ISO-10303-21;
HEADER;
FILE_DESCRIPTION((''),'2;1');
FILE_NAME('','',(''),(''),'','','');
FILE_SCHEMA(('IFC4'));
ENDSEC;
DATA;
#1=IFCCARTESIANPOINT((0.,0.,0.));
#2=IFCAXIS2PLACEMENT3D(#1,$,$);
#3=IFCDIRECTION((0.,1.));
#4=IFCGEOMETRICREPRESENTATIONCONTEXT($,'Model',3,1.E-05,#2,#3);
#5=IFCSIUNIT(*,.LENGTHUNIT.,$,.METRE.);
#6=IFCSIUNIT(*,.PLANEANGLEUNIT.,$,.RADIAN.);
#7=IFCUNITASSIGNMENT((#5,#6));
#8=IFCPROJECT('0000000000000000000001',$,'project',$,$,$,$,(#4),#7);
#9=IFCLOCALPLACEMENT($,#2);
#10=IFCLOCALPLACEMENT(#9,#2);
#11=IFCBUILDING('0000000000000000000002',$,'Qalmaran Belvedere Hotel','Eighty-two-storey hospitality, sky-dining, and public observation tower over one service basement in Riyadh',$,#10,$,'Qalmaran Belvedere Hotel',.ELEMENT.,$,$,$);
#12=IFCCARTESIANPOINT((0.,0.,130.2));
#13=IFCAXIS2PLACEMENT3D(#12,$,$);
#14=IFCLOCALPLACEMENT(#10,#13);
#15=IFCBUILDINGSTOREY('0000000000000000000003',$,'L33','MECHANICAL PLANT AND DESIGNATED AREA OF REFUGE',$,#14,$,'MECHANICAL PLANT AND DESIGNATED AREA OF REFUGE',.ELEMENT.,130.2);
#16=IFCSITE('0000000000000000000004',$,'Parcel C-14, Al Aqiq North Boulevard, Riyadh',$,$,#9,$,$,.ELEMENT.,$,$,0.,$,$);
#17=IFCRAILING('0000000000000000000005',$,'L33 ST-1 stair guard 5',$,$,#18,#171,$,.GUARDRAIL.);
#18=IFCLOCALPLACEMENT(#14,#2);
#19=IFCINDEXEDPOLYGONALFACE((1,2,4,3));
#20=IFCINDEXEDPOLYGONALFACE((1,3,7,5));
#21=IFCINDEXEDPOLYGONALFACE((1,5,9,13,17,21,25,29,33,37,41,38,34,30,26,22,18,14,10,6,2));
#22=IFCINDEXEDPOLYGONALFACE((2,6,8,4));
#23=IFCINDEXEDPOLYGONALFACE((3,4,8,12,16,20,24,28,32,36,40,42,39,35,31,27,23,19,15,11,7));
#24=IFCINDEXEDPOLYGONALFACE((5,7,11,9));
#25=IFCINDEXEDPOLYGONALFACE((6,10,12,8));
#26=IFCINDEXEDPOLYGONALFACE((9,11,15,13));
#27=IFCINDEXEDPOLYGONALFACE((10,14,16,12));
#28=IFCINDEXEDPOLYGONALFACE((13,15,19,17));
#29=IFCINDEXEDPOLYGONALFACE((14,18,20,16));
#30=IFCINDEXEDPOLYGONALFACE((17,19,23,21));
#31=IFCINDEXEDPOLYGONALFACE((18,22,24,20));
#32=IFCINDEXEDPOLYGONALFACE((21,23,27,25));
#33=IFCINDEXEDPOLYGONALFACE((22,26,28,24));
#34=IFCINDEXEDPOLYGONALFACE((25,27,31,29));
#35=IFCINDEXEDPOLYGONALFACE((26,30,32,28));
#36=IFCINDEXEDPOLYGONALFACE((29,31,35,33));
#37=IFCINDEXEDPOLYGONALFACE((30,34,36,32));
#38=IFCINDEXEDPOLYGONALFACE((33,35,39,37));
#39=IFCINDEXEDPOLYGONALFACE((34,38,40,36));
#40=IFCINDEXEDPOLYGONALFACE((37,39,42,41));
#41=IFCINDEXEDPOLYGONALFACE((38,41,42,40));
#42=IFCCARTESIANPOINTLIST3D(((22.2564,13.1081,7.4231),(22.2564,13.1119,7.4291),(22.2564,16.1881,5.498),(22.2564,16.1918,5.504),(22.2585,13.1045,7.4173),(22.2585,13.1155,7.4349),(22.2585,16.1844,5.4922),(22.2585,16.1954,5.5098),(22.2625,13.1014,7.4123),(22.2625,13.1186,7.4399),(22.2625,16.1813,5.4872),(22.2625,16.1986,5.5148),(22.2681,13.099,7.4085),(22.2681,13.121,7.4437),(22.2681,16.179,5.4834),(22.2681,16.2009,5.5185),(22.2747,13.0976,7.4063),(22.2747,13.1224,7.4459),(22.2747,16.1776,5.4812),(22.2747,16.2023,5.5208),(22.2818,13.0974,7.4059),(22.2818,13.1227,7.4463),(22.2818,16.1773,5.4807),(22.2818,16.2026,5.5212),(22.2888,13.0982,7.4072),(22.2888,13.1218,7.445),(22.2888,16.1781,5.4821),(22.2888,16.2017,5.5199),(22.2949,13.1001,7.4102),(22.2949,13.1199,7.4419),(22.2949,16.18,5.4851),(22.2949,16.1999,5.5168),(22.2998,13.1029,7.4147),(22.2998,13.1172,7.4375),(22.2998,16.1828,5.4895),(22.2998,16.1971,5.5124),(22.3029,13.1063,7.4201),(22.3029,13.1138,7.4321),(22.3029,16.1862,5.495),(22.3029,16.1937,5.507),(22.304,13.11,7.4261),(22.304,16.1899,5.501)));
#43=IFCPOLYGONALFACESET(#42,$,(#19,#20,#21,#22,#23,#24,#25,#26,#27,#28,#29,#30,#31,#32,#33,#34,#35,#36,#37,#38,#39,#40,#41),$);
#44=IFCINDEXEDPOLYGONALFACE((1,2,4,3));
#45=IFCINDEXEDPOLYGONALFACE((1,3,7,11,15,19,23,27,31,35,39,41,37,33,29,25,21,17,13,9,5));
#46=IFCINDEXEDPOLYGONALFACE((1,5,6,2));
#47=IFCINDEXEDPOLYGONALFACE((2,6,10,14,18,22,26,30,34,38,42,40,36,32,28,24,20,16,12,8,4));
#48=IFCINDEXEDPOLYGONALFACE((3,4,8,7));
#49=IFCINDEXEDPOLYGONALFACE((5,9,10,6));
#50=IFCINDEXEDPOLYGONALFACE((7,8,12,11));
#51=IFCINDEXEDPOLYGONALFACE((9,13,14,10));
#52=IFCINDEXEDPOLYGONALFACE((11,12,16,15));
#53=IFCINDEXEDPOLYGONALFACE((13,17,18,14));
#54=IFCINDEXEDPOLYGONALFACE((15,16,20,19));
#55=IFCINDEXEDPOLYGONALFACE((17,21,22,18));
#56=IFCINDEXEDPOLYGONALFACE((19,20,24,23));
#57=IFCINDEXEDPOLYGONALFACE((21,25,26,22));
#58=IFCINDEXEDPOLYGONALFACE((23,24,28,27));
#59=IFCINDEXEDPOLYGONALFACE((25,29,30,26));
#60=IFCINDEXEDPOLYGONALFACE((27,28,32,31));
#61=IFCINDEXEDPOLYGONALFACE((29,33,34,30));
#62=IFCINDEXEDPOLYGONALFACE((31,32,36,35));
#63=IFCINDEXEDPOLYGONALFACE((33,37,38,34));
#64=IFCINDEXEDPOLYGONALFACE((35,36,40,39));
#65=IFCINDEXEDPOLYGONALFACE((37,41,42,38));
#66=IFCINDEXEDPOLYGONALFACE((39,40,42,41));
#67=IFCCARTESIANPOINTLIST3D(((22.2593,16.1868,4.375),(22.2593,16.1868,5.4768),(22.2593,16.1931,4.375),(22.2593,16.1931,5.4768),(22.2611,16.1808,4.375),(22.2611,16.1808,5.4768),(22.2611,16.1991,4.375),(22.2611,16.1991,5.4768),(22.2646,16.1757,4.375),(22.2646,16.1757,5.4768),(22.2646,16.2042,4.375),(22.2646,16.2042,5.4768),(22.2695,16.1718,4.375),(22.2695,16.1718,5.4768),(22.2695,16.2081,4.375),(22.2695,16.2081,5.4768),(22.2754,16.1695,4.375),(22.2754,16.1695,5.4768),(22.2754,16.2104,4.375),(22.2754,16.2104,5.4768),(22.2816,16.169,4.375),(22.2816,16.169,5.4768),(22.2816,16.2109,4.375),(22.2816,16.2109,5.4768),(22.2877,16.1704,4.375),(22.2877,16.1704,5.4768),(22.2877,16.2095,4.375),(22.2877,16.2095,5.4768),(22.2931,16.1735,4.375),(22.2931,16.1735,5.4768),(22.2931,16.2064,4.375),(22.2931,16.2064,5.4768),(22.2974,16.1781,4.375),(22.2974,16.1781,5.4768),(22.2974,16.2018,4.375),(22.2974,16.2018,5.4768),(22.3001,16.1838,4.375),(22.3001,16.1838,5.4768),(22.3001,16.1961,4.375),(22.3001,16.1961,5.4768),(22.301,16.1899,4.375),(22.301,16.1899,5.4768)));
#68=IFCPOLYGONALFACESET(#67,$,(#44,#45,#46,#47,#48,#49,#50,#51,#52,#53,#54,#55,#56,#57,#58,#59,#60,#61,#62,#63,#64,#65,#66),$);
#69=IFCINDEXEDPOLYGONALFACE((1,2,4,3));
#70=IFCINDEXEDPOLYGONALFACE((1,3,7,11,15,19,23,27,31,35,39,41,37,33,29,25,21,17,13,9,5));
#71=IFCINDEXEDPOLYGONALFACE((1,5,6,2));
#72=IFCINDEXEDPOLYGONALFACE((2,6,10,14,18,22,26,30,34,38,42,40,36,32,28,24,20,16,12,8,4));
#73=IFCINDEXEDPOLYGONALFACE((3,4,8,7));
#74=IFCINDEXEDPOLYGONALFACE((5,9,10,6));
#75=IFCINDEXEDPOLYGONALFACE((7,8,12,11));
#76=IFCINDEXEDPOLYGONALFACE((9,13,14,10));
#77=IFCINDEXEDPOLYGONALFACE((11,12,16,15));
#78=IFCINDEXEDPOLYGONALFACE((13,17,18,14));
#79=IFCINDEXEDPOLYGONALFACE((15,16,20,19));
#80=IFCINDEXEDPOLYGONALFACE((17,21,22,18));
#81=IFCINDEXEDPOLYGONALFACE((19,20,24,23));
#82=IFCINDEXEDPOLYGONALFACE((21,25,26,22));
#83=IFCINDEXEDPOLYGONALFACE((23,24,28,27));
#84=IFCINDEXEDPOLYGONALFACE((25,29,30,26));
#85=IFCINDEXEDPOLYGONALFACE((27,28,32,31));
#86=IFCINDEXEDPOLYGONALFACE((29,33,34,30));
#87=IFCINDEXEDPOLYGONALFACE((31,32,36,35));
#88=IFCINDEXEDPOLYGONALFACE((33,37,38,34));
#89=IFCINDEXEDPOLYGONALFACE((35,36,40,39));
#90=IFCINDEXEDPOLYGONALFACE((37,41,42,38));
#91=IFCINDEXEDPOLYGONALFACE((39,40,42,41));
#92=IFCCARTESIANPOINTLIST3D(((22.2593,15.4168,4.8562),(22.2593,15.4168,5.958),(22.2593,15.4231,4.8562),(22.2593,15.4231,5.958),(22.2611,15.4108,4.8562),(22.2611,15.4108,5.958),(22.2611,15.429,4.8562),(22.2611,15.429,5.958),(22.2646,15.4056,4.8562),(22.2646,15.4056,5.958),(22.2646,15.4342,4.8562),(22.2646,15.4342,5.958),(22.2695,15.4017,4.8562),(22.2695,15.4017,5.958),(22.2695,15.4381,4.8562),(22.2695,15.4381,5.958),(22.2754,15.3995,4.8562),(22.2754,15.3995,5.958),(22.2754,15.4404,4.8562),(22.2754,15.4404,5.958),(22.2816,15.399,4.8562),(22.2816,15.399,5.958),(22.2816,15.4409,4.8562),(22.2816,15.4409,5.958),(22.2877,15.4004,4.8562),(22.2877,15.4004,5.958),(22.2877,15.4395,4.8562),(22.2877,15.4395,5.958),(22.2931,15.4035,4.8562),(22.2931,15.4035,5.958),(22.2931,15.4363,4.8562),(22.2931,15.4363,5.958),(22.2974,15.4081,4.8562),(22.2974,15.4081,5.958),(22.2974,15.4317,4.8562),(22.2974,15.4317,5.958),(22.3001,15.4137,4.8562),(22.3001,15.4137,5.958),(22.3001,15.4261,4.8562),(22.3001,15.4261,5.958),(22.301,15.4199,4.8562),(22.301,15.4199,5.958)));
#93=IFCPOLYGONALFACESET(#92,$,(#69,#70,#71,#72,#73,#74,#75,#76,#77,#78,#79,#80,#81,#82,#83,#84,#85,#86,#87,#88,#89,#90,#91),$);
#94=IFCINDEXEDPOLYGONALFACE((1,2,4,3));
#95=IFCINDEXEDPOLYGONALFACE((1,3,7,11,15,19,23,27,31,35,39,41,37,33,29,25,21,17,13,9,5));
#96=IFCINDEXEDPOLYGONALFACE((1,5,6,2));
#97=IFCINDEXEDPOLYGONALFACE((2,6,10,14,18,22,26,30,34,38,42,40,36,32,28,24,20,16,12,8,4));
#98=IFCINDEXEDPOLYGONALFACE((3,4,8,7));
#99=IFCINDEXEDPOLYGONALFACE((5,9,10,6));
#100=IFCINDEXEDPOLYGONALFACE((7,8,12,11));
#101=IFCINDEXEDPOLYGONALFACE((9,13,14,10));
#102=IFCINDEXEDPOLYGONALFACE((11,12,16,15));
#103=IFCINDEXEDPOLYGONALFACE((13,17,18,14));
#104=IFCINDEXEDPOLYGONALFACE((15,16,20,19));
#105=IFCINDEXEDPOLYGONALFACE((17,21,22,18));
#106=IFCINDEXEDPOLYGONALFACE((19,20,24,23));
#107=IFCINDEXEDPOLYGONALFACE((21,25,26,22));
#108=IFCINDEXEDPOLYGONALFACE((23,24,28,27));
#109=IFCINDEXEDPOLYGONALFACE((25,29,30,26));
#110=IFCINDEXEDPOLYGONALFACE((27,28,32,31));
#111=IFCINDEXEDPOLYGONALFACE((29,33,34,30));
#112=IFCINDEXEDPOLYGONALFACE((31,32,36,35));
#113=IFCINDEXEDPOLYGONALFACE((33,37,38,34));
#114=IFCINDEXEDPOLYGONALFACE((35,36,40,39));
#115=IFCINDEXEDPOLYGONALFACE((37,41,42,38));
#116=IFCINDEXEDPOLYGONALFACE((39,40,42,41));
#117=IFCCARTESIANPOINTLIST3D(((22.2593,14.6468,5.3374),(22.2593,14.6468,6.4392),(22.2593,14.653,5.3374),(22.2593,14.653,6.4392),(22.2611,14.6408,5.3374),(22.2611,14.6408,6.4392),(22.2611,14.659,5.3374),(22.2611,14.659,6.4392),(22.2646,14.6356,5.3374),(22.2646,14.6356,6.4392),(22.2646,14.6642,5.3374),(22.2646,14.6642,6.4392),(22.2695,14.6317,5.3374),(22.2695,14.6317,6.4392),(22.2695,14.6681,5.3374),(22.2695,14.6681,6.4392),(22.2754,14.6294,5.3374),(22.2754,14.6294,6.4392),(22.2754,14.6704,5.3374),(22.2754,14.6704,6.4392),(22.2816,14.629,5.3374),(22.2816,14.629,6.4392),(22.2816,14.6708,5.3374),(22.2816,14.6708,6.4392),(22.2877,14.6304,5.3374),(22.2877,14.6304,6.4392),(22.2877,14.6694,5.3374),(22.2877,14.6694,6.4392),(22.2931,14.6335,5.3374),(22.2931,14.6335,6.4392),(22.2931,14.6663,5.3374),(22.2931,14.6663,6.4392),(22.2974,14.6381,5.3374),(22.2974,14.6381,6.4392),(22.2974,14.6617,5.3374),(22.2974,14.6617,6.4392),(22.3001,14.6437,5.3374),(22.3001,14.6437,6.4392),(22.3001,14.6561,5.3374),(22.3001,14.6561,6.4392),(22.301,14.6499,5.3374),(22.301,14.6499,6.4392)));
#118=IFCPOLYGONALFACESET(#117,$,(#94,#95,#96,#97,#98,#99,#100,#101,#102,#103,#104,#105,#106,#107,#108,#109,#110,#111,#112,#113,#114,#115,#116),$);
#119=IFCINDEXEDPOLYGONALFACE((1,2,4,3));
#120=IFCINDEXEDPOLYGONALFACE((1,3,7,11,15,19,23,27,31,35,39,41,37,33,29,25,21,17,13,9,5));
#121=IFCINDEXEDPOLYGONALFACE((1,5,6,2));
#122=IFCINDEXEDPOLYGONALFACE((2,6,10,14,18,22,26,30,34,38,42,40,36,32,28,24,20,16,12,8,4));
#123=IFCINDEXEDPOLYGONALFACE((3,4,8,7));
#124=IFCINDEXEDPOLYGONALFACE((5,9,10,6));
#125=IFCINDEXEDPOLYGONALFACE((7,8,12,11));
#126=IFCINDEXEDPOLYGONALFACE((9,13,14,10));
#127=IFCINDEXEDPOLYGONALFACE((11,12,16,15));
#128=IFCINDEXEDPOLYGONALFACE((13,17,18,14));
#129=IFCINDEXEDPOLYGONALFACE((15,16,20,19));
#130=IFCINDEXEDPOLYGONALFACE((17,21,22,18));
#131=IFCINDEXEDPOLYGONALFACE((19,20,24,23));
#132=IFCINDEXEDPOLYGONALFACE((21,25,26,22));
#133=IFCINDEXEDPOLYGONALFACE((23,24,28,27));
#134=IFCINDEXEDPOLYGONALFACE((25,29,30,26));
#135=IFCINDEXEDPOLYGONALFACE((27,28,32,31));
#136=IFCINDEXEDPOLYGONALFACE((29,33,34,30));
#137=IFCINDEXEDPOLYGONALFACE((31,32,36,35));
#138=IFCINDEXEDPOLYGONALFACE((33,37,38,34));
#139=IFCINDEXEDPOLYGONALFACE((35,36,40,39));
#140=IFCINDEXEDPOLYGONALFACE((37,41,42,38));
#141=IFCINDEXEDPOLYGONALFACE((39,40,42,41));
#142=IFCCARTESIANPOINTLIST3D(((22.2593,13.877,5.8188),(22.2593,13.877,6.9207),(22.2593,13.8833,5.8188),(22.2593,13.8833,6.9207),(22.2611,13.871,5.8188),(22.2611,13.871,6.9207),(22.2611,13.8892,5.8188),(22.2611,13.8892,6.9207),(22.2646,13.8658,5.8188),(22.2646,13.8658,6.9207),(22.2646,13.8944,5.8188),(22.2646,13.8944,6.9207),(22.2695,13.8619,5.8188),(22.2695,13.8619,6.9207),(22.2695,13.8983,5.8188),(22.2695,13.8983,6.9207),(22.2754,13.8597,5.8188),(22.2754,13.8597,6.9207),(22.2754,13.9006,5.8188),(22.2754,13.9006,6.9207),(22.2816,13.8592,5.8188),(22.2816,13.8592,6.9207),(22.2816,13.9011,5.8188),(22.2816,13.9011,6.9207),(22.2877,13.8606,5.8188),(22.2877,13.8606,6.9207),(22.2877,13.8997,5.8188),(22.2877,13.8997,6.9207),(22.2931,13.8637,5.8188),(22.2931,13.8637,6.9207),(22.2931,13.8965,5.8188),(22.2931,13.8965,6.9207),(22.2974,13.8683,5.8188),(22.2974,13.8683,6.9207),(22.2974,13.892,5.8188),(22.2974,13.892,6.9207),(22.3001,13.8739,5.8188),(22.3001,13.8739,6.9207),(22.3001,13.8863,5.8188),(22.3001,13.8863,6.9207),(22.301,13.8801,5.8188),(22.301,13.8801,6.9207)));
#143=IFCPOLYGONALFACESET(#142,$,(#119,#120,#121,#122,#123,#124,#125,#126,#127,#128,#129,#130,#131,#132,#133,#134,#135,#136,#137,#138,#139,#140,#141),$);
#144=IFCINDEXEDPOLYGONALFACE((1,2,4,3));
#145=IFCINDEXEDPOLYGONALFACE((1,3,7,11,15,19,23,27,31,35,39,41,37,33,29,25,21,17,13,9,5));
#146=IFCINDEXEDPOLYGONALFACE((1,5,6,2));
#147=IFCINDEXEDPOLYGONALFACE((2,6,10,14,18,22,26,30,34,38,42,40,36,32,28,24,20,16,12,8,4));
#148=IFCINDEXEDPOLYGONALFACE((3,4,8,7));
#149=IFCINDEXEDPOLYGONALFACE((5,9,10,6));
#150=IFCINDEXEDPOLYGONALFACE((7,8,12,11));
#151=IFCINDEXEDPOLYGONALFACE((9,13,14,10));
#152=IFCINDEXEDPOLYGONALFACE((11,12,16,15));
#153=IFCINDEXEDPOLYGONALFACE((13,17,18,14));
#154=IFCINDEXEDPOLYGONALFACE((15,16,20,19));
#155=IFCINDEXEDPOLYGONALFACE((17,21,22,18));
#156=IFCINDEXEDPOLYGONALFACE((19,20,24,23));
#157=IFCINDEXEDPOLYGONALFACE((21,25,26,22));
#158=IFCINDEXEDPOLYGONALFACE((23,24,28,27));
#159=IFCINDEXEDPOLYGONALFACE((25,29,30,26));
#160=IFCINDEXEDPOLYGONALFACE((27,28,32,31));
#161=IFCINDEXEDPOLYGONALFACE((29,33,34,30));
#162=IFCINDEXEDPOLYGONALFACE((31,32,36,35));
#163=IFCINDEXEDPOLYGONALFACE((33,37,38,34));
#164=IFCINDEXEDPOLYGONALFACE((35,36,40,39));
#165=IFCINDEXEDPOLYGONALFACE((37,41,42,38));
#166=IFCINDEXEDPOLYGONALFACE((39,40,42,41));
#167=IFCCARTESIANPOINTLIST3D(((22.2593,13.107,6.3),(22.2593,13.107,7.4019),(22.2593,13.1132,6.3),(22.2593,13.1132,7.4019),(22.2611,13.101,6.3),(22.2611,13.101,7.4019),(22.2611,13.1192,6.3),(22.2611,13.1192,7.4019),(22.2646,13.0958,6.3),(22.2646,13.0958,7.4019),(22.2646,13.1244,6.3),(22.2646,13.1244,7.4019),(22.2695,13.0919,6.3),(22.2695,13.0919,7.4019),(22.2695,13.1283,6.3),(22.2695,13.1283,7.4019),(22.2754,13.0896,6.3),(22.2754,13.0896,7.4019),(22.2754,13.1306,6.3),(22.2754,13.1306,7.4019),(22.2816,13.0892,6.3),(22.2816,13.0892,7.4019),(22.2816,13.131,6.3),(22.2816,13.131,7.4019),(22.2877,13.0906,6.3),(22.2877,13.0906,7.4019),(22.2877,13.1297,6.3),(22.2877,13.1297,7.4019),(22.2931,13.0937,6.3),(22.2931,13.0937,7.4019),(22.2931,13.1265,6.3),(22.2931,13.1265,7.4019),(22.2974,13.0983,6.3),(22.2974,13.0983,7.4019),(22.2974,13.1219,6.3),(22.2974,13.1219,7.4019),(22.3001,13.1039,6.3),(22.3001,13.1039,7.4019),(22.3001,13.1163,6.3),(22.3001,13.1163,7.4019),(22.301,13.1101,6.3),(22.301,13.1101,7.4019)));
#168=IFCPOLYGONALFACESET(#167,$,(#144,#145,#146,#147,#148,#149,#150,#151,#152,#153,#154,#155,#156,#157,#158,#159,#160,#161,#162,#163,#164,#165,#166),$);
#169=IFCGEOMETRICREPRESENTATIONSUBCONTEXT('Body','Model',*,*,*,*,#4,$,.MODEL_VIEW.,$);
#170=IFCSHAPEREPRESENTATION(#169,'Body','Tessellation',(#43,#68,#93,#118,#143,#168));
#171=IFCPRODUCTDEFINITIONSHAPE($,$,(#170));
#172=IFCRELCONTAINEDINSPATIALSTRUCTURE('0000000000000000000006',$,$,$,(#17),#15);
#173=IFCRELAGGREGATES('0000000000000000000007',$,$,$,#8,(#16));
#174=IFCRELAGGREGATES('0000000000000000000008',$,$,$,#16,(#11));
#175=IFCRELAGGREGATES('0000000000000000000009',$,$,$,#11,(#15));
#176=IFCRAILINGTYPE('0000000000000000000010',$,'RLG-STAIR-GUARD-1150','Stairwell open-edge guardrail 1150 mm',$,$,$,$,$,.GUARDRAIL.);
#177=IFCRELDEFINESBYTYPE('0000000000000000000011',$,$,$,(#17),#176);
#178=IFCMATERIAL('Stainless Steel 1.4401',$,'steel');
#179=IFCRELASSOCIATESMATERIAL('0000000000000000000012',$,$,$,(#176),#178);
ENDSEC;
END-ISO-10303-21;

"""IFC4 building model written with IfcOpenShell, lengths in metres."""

from ifc_helpers import new_model, si_unit, direction, frame, origin, origin_2d, place, context, subcontext, project, spatial, circle, extrude, material, type_object, element, save


model = new_model("IFC4")

# Units and contexts
model_context = context("Model", 3, precision=1e-05, world=origin(), true_north=direction((0.0, 1.0)))
body_context = subcontext(model_context, "Body", "Model", "MODEL_VIEW")
ifc_project = project(units=[si_unit("LENGTHUNIT", "METRE"), si_unit("PLANEANGLEUNIT", "RADIAN")], contexts=[model_context])

# Site, building, storey
site_placement = place(None, origin())
site = spatial("IfcSite", under=ifc_project, at=site_placement, Name="Parcel C-14, Al Aqiq North Boulevard, Riyadh", CompositionType="ELEMENT", RefElevation=0.0)
building_placement = place(site_placement, origin())
building = spatial("IfcBuilding", under=site, at=building_placement, Name="Qalmaran Belvedere Hotel", Description="Eighty-two-storey hospitality, sky-dining, and public observation tower over one service basement in Riyadh", LongName="Qalmaran Belvedere Hotel", CompositionType="ELEMENT")
storey_placement = place(building_placement, frame((0.0, 0.0, 130.2)))
storey = spatial("IfcBuildingStorey", under=building, at=storey_placement, Name="L33", Description="MECHANICAL PLANT AND DESIGNATED AREA OF REFUGE", LongName="MECHANICAL PLANT AND DESIGNATED AREA OF REFUGE", CompositionType="ELEMENT", Elevation=130.2)

# Railing
ifc_material_1 = material(Name="Stainless Steel 1.4401", Category="steel")
railing_type_1 = type_object("IfcRailingType", Name="RLG-STAIR-GUARD-1150", Description="Stairwell open-edge guardrail 1150 mm", PredefinedType="GUARDRAIL", material=ifc_material_1)
railing_1_placement = place(storey_placement, frame((22.28, 16.1899, 4.375)))
element("IfcRailing", 1, at=railing_1_placement, inside=storey, type_object=railing_type_1, Name="L33 ST-1 stair guard 5", PredefinedType="GUARDRAIL", context=body_context, shape_type="SweptSolid", body=[
    extrude(circle(Radius=0.0239, at=origin_2d()), frame((0.0, 0.0, 1.126), z_axis=(0.0, -0.847979, 0.530029), x_axis=(1.0, 0.0, 0.0)), (0.0, 0.0, 1.0), 3.6321),
    extrude(circle(Radius=0.021, at=origin_2d()), origin(), (0.0, 0.0, 1.0), 1.1018),
    extrude(circle(Radius=0.021, at=origin_2d()), frame((0.0, -0.77, 0.4812)), (0.0, 0.0, 1.0), 1.1018),
    extrude(circle(Radius=0.021, at=origin_2d()), frame((0.0, -1.54, 0.9624)), (0.0, 0.0, 1.0), 1.1018),
    extrude(circle(Radius=0.021, at=origin_2d()), frame((0.0, -2.3098, 1.4438)), (0.0, 0.0, 1.0), 1.1018),
    extrude(circle(Radius=0.021, at=origin_2d()), frame((0.0, -3.0798, 1.925)), (0.0, 0.0, 1.0), 1.1018),
])

save(model, "model.ifc")
